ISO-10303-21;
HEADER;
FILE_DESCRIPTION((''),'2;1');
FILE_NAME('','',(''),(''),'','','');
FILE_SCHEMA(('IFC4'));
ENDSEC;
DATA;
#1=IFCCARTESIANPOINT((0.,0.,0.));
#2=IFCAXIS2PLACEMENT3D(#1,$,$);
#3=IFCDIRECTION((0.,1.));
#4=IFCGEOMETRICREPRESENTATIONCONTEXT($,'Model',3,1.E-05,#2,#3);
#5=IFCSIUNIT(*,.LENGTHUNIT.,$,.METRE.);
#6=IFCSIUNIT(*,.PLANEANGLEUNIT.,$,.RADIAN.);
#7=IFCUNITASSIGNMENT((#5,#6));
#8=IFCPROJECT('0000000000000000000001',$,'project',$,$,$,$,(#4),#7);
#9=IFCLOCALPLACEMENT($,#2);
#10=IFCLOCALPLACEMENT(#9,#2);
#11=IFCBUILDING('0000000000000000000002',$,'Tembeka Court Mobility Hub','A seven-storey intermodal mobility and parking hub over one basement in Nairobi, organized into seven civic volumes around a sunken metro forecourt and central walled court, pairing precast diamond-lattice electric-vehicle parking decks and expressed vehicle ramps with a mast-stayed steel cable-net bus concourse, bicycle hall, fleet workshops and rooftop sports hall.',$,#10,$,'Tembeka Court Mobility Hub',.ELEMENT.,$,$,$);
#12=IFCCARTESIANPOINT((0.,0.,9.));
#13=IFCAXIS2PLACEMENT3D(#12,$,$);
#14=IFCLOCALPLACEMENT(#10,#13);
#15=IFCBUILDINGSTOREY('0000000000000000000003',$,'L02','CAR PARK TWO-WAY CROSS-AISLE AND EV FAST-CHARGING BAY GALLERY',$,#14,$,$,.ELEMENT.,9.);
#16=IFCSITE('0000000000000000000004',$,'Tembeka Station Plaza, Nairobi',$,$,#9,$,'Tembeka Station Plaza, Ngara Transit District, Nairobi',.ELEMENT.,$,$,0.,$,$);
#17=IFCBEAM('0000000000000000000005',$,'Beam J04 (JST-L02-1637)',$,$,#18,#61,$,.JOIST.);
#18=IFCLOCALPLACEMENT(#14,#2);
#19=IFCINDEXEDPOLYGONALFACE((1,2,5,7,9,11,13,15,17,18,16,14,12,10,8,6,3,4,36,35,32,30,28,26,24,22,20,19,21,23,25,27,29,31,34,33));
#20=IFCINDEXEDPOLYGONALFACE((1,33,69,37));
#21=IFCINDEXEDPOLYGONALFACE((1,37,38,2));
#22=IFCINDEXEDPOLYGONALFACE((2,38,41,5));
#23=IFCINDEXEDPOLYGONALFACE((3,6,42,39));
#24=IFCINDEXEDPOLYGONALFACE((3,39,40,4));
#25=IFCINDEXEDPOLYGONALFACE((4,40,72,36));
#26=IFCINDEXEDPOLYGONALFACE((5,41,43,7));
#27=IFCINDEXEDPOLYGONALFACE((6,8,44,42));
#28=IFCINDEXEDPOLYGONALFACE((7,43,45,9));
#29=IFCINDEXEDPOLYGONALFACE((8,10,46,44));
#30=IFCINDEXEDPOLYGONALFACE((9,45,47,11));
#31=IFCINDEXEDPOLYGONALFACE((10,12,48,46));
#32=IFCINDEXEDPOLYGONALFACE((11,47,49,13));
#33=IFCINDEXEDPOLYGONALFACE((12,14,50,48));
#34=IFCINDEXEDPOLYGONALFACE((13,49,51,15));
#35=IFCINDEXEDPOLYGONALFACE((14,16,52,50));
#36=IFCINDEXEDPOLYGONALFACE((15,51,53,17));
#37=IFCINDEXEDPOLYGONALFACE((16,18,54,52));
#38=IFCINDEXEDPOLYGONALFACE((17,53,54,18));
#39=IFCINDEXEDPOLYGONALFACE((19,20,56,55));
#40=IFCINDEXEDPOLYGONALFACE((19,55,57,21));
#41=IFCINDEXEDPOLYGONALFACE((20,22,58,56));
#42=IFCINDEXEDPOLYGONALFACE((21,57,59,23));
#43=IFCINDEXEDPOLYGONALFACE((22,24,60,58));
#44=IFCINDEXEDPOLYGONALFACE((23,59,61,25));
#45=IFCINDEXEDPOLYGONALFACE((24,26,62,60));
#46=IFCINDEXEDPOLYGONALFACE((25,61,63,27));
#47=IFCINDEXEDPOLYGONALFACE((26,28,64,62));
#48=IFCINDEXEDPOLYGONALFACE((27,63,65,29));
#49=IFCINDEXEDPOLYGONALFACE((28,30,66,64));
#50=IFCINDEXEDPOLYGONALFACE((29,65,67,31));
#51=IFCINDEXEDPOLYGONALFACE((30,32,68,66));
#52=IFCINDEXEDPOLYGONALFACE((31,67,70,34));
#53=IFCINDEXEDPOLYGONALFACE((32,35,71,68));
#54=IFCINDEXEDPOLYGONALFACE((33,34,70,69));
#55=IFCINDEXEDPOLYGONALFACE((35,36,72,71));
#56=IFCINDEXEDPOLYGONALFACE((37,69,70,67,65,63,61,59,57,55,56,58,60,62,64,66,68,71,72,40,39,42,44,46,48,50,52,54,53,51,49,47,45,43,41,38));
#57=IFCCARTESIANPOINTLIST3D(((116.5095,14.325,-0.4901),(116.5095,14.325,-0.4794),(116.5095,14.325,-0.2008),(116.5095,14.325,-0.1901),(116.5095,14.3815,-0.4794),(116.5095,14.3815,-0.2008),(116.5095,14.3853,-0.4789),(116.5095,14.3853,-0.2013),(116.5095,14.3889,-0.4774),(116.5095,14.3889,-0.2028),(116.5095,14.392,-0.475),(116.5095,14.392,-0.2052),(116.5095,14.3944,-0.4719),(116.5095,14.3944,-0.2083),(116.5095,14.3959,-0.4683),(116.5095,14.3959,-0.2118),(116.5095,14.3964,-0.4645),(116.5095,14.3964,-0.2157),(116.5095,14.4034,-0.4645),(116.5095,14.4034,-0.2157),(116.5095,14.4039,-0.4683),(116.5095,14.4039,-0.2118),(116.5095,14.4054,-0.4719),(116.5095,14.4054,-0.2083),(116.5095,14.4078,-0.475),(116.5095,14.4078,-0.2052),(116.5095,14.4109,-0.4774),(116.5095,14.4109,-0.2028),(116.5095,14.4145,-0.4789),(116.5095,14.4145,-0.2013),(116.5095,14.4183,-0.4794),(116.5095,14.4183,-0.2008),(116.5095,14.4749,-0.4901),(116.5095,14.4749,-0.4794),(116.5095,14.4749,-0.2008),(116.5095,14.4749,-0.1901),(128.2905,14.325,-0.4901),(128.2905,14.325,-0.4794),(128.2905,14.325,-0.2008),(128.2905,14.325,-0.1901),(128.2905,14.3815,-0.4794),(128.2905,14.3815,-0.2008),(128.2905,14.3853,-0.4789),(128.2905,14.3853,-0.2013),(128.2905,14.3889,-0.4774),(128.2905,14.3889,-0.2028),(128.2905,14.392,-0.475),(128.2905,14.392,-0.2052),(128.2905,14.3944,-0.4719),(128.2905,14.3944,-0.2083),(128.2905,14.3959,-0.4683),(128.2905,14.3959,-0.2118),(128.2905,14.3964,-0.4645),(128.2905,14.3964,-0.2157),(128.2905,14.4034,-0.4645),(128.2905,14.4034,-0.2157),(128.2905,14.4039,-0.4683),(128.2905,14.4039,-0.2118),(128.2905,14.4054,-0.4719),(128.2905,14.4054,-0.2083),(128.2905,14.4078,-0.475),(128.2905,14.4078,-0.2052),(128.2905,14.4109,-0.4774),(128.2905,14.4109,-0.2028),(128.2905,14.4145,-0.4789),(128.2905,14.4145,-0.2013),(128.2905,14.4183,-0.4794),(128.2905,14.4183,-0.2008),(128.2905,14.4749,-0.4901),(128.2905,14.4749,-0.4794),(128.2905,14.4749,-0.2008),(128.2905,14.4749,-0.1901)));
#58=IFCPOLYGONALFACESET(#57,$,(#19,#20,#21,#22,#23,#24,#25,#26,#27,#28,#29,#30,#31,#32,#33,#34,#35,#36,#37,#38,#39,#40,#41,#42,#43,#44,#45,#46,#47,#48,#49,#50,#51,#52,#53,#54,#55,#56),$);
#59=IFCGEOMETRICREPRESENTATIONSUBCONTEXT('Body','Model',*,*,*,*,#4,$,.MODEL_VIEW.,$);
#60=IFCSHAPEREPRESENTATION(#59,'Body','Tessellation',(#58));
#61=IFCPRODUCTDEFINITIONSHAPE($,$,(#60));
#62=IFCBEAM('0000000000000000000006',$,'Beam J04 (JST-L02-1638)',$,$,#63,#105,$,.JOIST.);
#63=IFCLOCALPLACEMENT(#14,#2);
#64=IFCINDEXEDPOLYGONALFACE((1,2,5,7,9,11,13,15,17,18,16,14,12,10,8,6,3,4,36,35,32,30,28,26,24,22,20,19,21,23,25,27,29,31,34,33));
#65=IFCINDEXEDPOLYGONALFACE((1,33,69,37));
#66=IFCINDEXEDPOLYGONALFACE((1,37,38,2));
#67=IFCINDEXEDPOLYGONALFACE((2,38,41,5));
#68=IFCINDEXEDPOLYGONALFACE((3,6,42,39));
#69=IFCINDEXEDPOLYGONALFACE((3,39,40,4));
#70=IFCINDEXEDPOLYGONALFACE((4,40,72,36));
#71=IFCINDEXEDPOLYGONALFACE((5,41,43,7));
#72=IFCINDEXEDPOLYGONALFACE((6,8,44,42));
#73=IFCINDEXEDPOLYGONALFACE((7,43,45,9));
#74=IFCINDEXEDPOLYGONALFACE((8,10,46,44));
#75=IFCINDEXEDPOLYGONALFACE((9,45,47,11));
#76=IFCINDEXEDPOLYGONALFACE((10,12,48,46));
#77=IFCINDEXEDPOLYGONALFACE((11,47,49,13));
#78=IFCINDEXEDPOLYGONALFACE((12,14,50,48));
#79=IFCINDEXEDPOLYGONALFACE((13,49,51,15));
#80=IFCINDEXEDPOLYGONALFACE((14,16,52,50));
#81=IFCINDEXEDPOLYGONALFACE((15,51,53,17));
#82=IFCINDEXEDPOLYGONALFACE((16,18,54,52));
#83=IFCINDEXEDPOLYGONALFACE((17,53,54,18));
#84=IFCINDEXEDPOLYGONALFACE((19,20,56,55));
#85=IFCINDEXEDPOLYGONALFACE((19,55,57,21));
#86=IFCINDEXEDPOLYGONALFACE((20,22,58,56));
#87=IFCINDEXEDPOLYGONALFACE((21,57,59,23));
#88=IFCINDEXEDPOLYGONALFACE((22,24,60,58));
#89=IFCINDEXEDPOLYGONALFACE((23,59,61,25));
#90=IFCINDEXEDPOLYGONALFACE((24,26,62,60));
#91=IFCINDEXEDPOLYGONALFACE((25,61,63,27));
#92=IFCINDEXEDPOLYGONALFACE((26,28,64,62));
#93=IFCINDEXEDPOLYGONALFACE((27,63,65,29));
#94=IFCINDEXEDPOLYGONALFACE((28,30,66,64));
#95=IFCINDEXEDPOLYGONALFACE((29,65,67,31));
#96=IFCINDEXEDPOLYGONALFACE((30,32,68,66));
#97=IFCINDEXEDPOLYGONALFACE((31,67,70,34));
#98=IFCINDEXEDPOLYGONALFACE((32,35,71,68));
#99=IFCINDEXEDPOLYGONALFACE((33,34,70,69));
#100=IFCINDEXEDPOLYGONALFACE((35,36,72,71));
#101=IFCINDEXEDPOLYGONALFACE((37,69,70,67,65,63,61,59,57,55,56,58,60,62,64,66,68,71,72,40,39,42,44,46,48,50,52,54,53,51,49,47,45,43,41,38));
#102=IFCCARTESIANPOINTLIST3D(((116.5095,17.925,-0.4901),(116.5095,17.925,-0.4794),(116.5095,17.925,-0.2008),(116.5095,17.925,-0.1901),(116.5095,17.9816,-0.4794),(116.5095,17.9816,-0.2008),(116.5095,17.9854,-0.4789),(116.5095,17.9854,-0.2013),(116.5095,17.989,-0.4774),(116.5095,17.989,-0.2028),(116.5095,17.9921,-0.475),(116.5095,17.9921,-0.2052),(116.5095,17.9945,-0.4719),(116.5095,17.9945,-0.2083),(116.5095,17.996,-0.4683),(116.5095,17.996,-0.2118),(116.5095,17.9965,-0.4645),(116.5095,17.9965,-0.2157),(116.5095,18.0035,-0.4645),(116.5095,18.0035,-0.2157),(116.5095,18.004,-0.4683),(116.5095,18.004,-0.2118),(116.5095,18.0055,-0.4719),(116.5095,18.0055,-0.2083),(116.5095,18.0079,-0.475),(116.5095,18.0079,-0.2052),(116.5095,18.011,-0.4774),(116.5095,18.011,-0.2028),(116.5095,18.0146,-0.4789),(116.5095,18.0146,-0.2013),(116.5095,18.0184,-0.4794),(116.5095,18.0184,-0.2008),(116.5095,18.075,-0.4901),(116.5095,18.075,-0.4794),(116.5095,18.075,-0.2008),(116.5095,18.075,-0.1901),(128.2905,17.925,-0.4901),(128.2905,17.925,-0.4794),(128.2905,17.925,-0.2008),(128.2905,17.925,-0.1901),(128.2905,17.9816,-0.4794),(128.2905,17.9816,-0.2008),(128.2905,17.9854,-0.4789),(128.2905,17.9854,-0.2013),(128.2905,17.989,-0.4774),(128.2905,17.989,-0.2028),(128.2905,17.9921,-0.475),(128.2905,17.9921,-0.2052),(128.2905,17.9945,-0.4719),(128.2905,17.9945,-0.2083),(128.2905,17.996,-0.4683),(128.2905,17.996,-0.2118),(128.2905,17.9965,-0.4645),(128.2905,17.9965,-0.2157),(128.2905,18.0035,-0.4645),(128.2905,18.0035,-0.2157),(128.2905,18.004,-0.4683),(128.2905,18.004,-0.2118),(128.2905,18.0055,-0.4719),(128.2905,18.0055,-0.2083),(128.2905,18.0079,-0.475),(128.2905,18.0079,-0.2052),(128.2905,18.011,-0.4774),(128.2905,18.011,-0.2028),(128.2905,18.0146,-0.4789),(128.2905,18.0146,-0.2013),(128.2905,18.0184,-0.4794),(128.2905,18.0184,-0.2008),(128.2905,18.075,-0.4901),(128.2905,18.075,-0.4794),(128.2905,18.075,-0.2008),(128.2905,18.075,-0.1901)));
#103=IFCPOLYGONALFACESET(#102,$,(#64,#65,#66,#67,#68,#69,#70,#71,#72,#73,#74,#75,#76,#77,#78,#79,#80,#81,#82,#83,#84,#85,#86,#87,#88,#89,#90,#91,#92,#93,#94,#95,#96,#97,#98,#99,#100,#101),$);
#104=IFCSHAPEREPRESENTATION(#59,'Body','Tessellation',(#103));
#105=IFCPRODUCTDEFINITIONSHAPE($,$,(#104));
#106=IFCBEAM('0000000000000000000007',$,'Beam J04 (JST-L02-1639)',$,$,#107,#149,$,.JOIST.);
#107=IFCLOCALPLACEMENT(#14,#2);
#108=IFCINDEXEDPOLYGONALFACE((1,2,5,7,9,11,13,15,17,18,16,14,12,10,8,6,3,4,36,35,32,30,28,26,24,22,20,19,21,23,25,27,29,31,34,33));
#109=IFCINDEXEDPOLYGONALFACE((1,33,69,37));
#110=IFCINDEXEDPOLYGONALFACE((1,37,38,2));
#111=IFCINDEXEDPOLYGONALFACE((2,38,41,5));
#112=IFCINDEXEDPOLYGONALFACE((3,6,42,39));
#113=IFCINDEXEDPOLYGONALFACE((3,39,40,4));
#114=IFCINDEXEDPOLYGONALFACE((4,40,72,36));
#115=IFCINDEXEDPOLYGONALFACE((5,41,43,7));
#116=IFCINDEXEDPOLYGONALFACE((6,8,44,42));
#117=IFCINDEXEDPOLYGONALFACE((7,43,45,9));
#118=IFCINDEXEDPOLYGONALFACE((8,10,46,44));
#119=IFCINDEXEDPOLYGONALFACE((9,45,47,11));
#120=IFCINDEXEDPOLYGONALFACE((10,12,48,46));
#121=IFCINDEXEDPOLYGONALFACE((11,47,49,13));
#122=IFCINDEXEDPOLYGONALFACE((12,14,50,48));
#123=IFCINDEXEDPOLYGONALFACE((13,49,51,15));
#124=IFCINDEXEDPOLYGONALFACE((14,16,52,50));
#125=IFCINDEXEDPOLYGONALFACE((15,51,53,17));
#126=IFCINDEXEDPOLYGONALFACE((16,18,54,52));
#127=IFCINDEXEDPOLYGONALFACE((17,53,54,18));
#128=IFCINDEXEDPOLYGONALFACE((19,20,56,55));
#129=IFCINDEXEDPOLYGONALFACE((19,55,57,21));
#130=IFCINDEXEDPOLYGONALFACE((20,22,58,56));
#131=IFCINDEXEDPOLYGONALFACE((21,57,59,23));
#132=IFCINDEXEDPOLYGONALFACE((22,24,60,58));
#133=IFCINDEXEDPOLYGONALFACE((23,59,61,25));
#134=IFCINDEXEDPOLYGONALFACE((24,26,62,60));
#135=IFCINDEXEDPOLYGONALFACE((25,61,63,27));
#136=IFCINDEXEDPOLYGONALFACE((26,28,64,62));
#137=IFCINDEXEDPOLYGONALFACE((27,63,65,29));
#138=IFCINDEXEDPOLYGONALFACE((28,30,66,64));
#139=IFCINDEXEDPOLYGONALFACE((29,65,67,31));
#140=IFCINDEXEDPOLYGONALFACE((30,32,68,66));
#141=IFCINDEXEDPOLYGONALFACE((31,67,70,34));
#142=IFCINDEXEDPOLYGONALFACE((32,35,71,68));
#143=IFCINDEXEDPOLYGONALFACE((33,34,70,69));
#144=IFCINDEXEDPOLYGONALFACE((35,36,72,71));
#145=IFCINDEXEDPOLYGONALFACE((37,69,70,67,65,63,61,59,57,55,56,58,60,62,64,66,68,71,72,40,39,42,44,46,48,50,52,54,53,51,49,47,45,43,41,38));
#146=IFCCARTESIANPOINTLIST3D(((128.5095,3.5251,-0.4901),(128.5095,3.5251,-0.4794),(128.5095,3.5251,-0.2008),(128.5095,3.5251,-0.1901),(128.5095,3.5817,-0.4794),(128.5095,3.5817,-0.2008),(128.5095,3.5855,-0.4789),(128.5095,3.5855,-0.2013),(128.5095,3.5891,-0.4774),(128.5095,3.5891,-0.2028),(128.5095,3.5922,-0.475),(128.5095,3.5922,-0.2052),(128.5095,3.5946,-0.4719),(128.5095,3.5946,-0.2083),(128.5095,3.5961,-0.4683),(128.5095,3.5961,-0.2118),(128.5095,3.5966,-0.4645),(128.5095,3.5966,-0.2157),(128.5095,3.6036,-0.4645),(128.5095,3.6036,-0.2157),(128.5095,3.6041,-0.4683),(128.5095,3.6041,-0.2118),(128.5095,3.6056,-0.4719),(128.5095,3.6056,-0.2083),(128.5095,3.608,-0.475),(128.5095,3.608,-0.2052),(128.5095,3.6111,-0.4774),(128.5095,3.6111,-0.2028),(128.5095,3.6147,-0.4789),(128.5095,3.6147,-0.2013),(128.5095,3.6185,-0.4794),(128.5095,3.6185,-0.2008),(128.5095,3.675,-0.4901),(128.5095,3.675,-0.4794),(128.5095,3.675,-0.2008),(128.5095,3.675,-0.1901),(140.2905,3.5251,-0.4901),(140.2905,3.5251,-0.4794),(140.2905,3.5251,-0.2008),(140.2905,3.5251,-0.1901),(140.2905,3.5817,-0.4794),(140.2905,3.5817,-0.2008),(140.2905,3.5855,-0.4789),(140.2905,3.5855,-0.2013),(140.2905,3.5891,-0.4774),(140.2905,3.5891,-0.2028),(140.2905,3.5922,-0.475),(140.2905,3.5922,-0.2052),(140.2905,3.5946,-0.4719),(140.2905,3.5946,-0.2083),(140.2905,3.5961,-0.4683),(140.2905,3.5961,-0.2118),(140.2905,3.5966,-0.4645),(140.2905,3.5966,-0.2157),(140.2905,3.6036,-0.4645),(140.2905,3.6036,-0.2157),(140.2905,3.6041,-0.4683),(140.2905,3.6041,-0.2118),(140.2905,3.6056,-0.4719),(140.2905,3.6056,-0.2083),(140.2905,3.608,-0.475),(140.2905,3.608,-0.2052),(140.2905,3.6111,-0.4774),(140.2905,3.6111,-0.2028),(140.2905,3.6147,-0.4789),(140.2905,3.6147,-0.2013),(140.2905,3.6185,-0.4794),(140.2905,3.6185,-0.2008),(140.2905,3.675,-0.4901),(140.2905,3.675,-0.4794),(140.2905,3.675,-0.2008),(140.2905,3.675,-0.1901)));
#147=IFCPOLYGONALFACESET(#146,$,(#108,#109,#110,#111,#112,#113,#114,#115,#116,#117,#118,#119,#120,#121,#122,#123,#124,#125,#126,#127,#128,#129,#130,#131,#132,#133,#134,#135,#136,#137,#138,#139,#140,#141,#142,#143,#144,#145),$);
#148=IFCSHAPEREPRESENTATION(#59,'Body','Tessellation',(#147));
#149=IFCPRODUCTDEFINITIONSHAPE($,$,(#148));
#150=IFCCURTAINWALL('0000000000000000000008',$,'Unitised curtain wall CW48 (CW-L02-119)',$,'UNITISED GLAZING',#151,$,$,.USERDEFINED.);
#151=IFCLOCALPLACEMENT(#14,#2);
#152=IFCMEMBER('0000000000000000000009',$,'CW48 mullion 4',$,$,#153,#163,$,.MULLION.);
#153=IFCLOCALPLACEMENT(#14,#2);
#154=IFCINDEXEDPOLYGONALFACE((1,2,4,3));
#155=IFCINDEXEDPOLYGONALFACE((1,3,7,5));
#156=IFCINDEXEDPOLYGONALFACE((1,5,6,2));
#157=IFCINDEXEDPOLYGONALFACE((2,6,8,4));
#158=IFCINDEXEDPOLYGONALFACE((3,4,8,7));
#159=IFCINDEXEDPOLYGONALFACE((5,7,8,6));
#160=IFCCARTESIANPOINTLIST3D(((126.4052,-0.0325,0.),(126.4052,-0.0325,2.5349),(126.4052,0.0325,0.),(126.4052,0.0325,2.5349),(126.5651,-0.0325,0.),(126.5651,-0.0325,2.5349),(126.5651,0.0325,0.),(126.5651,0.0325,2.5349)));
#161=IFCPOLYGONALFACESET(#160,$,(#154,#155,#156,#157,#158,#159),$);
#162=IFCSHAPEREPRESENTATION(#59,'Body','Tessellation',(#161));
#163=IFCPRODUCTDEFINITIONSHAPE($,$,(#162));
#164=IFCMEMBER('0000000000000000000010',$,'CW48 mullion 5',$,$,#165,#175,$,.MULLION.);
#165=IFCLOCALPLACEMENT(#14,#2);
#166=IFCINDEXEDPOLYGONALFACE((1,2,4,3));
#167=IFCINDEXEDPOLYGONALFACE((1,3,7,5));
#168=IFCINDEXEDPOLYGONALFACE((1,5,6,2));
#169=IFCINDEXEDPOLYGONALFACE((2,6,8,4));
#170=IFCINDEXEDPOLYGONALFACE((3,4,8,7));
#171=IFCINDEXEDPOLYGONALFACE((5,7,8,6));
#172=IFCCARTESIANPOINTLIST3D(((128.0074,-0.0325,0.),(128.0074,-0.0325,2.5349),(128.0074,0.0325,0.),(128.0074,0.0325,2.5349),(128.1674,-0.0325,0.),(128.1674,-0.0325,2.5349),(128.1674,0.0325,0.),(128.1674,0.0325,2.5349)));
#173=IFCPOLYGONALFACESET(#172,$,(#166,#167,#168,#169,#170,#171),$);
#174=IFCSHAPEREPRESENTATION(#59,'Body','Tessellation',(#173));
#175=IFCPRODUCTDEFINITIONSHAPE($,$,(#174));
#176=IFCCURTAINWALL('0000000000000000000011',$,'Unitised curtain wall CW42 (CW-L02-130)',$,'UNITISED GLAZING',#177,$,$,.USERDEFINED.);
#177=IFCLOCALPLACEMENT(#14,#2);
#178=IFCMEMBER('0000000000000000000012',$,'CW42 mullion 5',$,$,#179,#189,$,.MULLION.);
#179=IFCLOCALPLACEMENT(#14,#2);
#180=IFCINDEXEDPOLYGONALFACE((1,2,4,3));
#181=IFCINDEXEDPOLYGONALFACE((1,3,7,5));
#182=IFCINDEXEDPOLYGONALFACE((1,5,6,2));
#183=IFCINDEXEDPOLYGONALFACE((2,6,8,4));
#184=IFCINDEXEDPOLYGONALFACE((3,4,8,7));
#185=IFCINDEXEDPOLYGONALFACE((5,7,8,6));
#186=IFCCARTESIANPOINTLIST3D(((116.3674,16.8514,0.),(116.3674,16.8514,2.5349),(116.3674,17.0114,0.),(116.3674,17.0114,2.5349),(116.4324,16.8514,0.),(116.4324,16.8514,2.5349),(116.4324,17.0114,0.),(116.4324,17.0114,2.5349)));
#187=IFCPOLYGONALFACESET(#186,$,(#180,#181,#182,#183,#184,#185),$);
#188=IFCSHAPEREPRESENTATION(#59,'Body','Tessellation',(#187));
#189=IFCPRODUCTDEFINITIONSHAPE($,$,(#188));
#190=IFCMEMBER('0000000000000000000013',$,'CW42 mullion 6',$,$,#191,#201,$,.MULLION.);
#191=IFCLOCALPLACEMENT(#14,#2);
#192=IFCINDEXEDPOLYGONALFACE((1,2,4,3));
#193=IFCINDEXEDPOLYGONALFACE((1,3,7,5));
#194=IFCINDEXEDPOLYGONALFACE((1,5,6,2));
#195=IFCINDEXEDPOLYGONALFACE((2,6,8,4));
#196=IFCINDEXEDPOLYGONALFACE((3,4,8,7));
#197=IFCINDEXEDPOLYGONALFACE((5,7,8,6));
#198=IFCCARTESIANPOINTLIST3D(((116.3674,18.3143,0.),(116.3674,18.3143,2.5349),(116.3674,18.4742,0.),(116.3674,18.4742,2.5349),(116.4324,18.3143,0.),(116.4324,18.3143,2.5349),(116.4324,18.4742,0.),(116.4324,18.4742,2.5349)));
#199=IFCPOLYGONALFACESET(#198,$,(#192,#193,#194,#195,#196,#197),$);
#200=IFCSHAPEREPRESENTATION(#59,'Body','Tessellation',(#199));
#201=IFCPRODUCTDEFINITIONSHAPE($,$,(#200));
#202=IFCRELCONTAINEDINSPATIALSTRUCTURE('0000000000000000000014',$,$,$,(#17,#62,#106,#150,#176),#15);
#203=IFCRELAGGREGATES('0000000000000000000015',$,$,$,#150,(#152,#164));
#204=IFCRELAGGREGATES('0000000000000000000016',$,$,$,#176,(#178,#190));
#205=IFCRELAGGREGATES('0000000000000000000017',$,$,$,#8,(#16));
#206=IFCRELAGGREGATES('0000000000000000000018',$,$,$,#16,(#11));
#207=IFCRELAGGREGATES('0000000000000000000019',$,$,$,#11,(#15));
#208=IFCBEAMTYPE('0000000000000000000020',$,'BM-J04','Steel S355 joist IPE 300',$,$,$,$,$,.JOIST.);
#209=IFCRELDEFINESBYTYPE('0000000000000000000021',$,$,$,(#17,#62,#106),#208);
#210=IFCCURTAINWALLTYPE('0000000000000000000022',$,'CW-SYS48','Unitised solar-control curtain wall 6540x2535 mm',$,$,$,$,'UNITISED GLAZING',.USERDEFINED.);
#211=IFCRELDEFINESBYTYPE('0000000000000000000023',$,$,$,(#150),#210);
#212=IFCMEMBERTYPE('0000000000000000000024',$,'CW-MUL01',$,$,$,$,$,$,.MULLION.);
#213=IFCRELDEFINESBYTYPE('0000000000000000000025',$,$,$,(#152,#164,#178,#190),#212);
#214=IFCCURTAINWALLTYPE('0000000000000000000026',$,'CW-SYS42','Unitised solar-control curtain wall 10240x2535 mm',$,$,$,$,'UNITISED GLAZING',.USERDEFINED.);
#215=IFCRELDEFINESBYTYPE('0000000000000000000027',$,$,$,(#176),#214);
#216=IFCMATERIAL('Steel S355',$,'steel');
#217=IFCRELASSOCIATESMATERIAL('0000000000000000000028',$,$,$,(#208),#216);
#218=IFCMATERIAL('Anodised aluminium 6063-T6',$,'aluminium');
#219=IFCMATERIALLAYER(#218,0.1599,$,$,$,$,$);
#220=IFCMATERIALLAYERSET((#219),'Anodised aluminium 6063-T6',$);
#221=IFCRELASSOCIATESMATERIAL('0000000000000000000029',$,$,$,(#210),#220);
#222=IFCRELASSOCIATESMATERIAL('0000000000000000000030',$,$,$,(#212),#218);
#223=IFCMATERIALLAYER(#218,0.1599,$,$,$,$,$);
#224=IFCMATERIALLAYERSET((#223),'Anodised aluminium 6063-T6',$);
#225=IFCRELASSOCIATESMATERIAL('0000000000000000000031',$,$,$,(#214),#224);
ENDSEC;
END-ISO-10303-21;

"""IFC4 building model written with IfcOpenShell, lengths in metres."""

from ifc_helpers import new_model, si_unit, direction, frame, origin, origin_2d, place, context, subcontext, project, spatial, rectangle, i_section, extrude, material, layer, layer_set, material_profile, profile_set, type_object, element, aggregate, save


model = new_model("IFC4")

# Units and contexts
model_context = context("Model", 3, precision=1e-05, world=origin(), true_north=direction((0.0, 1.0)))
body_context = subcontext(model_context, "Body", "Model", "MODEL_VIEW")
ifc_project = project(units=[si_unit("LENGTHUNIT", "METRE"), si_unit("PLANEANGLEUNIT", "RADIAN")], contexts=[model_context])

# Site, building, storey
site_placement = place(None, origin())
site = spatial("IfcSite", under=ifc_project, at=site_placement, Name="Tembeka Station Plaza, Nairobi", LongName="Tembeka Station Plaza, Ngara Transit District, Nairobi", CompositionType="ELEMENT", RefElevation=0.0)
building_placement = place(site_placement, origin())
building = spatial("IfcBuilding", under=site, at=building_placement, Name="Tembeka Court Mobility Hub", Description="A seven-storey intermodal mobility and parking hub over one basement in Nairobi, organized into seven civic volumes around a sunken metro forecourt and central walled court, pairing precast diamond-lattice electric-vehicle parking decks and expressed vehicle ramps with a mast-stayed steel cable-net bus concourse, bicycle hall, fleet workshops and rooftop sports hall.", LongName="Tembeka Court Mobility Hub", CompositionType="ELEMENT")
storey_placement = place(building_placement, frame((0.0, 0.0, 9.0)))
storey = spatial("IfcBuildingStorey", under=building, at=storey_placement, Name="L02", Description="CAR PARK TWO-WAY CROSS-AISLE AND EV FAST-CHARGING BAY GALLERY", CompositionType="ELEMENT", Elevation=9.0)

# Shared definitions
ifc_material_1 = material(Name="Steel S355", Category="steel")

# Beams
ifc_material_profile_1 = material_profile(ifc_material_1, i_section(OverallWidth=0.1499, OverallDepth=0.3, WebThickness=0.0071, FlangeThickness=0.0107, FilletRadius=0.0149, at=origin_2d()), Name="IPE 300")
ifc_profile_set_1 = profile_set([ifc_material_profile_1], Name="Steel S355")
beam_type_1 = type_object("IfcBeamType", Name="BM-J04", Description="Steel S355 joist IPE 300", PredefinedType="JOIST", material=ifc_profile_set_1)
for number, where, z_axis, x_axis, name in (
    (1, (116.5095, 14.3999, -0.3401), (1.0, 0.0, 0.0), (0.0, 1.0, 0.0), "Beam J04 (JST-L02-1637)"),
    (2, (116.5095, 18.0, -0.3401), (1.0, 0.0, 0.0), (0.0, 1.0, 0.0), "Beam J04 (JST-L02-1638)"),
    (3, (128.5095, 3.6001, -0.3401), (1.0, 0.0, 0.0), (0.0, 1.0, 0.0), "Beam J04 (JST-L02-1639)"),
):
    element("IfcBeam", number, at=place(storey_placement, frame(where, z_axis=z_axis, x_axis=x_axis)), inside=storey, type_object=beam_type_1, Name=name, PredefinedType="JOIST", context=body_context, shape_type="SweptSolid", body=[
        extrude(i_section(OverallWidth=0.1499, OverallDepth=0.3, WebThickness=0.0071, FlangeThickness=0.0107, FilletRadius=0.0149, at=origin_2d()), origin(), (0.0, 0.0, 1.0), 11.781),
    ])

# Curtain walls, members
ifc_material_2 = material(Name="Anodised aluminium 6063-T6", Category="aluminium")
ifc_layer_1 = layer(ifc_material_2, 0.1599)
ifc_layer_set_1 = layer_set([ifc_layer_1], Name="Anodised aluminium 6063-T6")
curtain_wall_type_1 = type_object("IfcCurtainWallType", Name="CW-SYS48", Description="Unitised solar-control curtain wall 6540x2535 mm", ElementType="UNITISED GLAZING", PredefinedType="USERDEFINED", material=ifc_layer_set_1)
curtain_wall_1_placement = place(storey_placement, origin())
curtain_wall_1 = element("IfcCurtainWall", 4, at=curtain_wall_1_placement, inside=storey, type_object=curtain_wall_type_1, Name="Unitised curtain wall CW48 (CW-L02-119)", ObjectType="UNITISED GLAZING", PredefinedType="USERDEFINED")
ifc_material_profile_2 = material_profile(ifc_material_2, rectangle(XDim=0.0649, YDim=0.1599, at=origin_2d()), Name="ALU-MUL 65x160")
ifc_profile_set_2 = profile_set([ifc_material_profile_2], Name="Anodised aluminium 6063-T6")
member_type_1 = type_object("IfcMemberType", Name="CW-MUL01", PredefinedType="MULLION", material=ifc_profile_set_2)
member_1_placement = place(storey_placement, frame((126.4851, 0.0, 0.0), z_axis=(0.0, 0.0, 1.0), x_axis=(0.0, 1.0, 0.0)))
member_1 = element("IfcMember", 5, at=member_1_placement, type_object=member_type_1, Name="CW48 mullion 4", PredefinedType="MULLION", context=body_context, shape_type="SweptSolid", body=[
    extrude(rectangle(XDim=0.0649, YDim=0.1599, at=origin_2d()), origin(), (0.0, 0.0, 1.0), 2.5349),
])
member_2_placement = place(storey_placement, frame((128.0874, 0.0, 0.0), z_axis=(0.0, 0.0, 1.0), x_axis=(0.0, 1.0, 0.0)))
member_2 = element("IfcMember", 6, at=member_2_placement, type_object=member_type_1, Name="CW48 mullion 5", PredefinedType="MULLION", context=body_context, shape_type="SweptSolid", body=[
    extrude(rectangle(XDim=0.0649, YDim=0.1599, at=origin_2d()), origin(), (0.0, 0.0, 1.0), 2.5349),
])
ifc_layer_2 = layer(ifc_material_2, 0.1599)
ifc_layer_set_2 = layer_set([ifc_layer_2], Name="Anodised aluminium 6063-T6")
curtain_wall_type_2 = type_object("IfcCurtainWallType", Name="CW-SYS42", Description="Unitised solar-control curtain wall 10240x2535 mm", ElementType="UNITISED GLAZING", PredefinedType="USERDEFINED", material=ifc_layer_set_2)
curtain_wall_2_placement = place(storey_placement, origin())
curtain_wall_2 = element("IfcCurtainWall", 7, at=curtain_wall_2_placement, inside=storey, type_object=curtain_wall_type_2, Name="Unitised curtain wall CW42 (CW-L02-130)", ObjectType="UNITISED GLAZING", PredefinedType="USERDEFINED")
member_3_placement = place(storey_placement, frame((116.3999, 16.9314, 0.0), z_axis=(0.0, 0.0, 1.0), x_axis=(-1.0, 0.0, 0.0)))
member_3 = element("IfcMember", 8, at=member_3_placement, type_object=member_type_1, Name="CW42 mullion 5", PredefinedType="MULLION", context=body_context, shape_type="SweptSolid", body=[
    extrude(rectangle(XDim=0.0649, YDim=0.1599, at=origin_2d()), origin(), (0.0, 0.0, 1.0), 2.5349),
])
member_4_placement = place(storey_placement, frame((116.3999, 18.3943, 0.0), z_axis=(0.0, 0.0, 1.0), x_axis=(-1.0, 0.0, 0.0)))
member_4 = element("IfcMember", 9, at=member_4_placement, type_object=member_type_1, Name="CW42 mullion 6", PredefinedType="MULLION", context=body_context, shape_type="SweptSolid", body=[
    extrude(rectangle(XDim=0.0649, YDim=0.1599, at=origin_2d()), origin(), (0.0, 0.0, 1.0), 2.5349),
])

aggregate(curtain_wall_1, [member_1, member_2])
aggregate(curtain_wall_2, [member_3, member_4])

save(model, "model.ifc")
